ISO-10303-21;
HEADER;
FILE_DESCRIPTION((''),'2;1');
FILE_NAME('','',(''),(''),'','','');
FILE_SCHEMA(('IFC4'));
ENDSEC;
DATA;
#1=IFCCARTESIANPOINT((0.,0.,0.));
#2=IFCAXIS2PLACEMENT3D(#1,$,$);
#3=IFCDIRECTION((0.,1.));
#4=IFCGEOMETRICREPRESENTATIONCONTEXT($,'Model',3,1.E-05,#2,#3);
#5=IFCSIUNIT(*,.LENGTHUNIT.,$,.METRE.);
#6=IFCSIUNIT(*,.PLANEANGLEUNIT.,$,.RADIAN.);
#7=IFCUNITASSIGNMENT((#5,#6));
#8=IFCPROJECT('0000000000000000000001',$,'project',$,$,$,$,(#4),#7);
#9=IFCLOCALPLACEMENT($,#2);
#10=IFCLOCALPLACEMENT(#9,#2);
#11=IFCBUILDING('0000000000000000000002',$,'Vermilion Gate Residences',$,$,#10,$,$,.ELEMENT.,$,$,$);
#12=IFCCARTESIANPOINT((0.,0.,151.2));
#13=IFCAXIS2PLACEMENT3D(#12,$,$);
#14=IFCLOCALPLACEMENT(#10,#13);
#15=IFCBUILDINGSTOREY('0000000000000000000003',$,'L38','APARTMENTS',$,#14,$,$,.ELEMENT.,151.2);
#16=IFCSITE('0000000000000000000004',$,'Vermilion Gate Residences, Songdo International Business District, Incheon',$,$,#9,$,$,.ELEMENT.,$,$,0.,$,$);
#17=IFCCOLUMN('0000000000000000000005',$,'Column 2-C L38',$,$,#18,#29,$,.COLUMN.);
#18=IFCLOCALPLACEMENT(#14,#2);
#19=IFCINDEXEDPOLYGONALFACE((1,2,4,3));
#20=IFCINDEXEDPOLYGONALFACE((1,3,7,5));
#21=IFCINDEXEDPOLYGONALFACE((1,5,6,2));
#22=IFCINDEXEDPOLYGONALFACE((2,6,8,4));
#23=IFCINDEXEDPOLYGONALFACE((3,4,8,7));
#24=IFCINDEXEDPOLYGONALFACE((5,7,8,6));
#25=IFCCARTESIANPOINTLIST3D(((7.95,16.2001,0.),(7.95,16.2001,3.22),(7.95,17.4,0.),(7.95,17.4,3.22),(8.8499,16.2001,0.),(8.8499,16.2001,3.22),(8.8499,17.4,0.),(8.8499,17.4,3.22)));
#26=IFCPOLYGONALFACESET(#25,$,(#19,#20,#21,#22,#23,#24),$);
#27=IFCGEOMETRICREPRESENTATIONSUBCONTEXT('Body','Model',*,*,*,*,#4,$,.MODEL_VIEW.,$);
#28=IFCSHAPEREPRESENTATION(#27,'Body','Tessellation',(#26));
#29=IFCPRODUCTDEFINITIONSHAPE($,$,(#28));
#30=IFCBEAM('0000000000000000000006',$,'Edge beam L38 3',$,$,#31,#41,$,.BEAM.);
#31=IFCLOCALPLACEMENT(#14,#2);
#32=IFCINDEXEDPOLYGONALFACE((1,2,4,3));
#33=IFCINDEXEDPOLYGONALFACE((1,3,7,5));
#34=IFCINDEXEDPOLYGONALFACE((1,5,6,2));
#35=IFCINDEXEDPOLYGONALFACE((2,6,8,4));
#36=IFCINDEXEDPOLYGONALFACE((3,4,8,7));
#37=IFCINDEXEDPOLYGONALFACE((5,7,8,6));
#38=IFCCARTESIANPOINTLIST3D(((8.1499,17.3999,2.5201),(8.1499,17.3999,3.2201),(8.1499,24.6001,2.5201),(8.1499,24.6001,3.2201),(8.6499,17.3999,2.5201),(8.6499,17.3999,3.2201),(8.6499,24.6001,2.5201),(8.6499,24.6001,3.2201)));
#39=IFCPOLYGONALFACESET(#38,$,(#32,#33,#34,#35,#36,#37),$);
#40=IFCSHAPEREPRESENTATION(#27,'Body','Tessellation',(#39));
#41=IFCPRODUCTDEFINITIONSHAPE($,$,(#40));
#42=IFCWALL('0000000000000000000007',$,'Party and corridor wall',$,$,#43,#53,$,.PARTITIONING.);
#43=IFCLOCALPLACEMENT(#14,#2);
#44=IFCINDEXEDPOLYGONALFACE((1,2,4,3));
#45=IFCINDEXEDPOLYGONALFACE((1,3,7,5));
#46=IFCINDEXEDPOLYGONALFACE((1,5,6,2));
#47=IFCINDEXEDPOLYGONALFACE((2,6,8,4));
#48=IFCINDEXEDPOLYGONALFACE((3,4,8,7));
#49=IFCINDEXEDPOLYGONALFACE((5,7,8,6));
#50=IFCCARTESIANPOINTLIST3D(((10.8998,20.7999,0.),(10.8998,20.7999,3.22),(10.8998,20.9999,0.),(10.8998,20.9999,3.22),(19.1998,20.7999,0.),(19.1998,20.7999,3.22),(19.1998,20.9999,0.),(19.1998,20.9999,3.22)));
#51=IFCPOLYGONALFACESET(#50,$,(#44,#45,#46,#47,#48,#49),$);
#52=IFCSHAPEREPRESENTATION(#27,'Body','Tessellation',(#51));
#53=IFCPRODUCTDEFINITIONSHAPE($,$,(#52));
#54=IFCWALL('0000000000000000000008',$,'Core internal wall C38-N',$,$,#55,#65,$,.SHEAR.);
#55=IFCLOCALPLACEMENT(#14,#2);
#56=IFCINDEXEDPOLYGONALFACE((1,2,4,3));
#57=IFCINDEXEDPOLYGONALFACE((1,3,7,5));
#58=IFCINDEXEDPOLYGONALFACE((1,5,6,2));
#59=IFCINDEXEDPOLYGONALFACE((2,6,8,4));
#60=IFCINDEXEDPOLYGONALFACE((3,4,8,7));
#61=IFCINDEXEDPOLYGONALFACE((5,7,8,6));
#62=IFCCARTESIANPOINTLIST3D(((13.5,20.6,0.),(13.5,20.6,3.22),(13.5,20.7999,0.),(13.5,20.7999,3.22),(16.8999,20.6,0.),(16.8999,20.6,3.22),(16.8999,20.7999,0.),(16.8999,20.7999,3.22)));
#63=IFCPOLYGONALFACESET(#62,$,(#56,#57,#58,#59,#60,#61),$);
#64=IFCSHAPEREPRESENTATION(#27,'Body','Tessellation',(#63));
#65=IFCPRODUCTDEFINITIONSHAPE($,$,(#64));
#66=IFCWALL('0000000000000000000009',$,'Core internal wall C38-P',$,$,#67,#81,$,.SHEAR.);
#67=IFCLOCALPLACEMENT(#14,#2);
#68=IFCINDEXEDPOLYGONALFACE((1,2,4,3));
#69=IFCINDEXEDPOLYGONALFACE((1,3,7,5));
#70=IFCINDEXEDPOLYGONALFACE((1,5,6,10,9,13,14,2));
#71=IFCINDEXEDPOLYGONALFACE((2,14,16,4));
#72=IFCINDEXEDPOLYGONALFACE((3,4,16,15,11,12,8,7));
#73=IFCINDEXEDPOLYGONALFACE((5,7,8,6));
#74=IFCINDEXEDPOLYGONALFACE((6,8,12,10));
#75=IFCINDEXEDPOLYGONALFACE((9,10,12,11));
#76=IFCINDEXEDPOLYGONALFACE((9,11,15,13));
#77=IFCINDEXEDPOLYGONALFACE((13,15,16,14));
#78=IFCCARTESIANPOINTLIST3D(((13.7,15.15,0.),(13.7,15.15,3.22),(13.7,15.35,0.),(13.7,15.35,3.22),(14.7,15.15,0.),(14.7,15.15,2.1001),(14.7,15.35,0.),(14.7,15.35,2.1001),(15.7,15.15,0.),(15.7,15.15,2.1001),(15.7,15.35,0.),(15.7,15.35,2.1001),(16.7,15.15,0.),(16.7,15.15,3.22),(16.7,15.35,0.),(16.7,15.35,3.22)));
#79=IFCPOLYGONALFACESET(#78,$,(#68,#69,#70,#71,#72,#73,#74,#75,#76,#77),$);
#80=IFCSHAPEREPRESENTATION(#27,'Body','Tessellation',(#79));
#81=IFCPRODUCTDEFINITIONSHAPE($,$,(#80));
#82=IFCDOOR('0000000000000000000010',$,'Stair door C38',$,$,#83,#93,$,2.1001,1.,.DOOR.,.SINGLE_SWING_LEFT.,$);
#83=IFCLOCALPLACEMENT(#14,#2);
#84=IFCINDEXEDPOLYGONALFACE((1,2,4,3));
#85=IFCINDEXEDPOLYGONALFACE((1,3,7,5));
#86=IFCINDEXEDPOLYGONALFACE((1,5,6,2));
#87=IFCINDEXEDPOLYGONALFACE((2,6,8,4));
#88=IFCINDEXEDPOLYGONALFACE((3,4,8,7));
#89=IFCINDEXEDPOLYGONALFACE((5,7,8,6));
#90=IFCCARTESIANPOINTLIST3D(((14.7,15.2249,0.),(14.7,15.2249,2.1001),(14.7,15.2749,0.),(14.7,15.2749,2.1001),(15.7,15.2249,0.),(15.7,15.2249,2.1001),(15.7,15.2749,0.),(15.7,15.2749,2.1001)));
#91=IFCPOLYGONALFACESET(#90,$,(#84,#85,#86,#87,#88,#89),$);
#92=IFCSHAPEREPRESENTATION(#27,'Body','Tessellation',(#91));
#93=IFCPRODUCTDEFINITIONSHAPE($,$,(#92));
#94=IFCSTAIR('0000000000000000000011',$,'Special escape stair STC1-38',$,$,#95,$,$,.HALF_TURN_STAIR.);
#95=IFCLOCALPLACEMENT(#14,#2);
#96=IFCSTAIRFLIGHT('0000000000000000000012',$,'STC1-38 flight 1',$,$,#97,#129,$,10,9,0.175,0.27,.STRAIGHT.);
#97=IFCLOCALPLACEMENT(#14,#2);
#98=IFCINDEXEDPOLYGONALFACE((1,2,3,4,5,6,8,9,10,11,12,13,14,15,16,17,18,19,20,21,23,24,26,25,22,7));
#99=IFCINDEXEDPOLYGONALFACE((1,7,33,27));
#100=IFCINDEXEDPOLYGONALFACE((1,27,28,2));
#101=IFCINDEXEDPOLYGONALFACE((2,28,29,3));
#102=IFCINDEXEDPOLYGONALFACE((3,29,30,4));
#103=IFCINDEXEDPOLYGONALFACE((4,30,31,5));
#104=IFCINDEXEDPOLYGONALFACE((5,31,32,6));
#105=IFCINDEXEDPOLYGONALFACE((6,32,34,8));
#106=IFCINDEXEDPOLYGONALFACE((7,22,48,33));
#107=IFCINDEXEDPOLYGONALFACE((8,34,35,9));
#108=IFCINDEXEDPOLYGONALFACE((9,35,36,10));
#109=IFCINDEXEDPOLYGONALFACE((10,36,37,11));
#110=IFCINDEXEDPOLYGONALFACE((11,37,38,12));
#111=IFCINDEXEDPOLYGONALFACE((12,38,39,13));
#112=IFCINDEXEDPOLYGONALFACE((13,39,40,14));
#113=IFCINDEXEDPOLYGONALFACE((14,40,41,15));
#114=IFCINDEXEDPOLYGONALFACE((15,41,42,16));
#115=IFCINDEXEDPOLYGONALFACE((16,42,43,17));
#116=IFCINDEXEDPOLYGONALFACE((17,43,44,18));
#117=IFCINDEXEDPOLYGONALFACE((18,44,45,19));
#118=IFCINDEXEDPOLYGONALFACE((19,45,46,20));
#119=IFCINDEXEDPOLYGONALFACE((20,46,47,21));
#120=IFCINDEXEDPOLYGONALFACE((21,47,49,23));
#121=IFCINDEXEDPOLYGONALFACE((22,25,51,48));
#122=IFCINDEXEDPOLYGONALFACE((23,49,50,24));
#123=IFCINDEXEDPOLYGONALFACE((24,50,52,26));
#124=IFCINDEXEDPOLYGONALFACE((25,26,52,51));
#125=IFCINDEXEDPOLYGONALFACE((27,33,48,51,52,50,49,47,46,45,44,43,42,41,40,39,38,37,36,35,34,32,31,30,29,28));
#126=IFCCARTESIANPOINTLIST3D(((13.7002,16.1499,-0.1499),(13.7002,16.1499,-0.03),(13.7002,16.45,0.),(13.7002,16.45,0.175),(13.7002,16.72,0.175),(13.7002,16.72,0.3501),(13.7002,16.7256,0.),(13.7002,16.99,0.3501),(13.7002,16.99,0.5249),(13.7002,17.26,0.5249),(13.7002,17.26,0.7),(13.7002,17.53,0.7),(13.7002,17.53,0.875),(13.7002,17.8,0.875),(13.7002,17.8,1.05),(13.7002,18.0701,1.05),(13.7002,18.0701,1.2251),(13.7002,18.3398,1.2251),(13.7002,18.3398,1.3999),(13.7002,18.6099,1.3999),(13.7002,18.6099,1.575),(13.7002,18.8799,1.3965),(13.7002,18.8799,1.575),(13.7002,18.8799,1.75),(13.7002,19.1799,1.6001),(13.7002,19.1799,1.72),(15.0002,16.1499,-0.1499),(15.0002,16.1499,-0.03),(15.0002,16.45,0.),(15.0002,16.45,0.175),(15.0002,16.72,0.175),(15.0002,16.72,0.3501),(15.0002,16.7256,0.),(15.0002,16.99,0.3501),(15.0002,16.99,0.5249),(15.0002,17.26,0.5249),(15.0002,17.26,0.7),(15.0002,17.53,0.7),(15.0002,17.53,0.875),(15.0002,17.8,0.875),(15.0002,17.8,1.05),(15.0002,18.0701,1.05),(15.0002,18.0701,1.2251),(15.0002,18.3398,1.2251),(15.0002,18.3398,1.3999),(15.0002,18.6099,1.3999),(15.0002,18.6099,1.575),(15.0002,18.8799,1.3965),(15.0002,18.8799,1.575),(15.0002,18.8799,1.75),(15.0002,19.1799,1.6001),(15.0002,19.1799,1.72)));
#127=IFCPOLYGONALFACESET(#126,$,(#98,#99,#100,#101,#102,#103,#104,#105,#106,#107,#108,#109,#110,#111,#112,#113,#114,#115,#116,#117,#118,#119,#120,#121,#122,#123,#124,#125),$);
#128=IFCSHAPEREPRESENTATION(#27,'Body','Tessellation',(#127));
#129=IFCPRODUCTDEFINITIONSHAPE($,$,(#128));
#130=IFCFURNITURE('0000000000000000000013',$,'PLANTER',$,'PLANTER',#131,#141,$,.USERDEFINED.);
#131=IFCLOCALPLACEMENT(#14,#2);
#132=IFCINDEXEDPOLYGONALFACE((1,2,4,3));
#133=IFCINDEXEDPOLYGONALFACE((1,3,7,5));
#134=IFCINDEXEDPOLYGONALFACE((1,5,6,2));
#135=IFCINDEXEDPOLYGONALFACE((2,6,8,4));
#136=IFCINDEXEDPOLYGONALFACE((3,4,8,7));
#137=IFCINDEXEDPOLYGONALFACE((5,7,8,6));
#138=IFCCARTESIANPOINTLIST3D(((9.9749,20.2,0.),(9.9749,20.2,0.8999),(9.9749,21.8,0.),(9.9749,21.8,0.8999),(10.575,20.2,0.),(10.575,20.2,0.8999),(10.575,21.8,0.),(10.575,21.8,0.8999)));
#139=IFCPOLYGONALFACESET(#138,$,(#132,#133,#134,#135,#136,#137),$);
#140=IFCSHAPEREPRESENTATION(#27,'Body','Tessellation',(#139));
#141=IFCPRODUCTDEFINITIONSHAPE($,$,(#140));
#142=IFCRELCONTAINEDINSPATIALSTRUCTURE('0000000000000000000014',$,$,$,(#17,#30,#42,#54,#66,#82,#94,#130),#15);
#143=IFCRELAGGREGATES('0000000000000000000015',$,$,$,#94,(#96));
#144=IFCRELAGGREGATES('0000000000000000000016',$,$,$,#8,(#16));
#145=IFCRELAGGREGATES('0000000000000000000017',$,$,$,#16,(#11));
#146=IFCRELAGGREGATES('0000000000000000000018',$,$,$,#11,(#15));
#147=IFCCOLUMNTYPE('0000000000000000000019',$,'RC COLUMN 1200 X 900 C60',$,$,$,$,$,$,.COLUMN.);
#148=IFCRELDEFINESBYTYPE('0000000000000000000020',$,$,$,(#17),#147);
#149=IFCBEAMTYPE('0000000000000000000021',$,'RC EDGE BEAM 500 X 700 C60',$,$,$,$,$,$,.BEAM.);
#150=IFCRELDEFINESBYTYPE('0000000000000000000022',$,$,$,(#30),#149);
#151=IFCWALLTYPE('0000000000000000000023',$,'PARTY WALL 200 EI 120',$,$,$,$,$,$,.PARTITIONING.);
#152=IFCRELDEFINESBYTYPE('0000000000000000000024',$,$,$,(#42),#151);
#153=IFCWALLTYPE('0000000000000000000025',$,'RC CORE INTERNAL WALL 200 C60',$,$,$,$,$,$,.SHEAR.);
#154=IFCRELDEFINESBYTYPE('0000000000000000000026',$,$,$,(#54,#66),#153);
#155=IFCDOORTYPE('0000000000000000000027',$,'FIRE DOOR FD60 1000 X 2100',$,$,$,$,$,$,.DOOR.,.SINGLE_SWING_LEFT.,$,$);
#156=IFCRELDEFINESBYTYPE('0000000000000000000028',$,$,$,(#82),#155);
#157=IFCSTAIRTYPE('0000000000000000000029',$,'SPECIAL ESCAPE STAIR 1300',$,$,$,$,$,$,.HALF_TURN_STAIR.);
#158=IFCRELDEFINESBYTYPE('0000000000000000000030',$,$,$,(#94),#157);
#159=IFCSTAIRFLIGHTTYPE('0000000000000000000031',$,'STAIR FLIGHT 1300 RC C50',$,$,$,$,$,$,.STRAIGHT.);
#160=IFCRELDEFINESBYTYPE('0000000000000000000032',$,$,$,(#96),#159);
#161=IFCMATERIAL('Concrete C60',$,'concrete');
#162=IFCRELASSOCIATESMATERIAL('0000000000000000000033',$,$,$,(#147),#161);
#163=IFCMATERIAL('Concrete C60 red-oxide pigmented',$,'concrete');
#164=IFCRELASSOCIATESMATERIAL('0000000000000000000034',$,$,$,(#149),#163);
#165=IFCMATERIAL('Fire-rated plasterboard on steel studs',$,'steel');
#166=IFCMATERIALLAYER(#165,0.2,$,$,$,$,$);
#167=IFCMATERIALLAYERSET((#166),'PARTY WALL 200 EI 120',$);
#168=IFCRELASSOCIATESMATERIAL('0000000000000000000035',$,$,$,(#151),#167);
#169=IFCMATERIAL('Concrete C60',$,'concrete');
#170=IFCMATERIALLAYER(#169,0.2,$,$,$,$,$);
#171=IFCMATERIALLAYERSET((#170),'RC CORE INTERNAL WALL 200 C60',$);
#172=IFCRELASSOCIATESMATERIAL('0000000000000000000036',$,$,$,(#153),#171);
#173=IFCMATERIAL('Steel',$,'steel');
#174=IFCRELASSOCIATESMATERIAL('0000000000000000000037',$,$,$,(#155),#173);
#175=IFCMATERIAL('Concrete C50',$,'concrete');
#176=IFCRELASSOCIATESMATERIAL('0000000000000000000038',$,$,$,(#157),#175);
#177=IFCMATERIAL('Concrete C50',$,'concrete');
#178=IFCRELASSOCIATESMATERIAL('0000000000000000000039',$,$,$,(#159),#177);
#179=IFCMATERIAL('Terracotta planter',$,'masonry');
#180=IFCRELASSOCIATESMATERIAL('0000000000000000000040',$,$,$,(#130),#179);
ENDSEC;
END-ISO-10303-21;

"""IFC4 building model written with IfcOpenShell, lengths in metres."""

from ifc_helpers import new_model, si_unit, direction, frame, frame_2d, origin, origin_2d, place, context, subcontext, project, spatial, polyline, rectangle, outline, extrude, material, layer, layer_set, material_profile, profile_set, type_object, element, fill, aggregate, save


model = new_model("IFC4")

# Units and contexts
model_context = context("Model", 3, precision=1e-05, world=origin(), true_north=direction((0.0, 1.0)))
body_context = subcontext(model_context, "Body", "Model", "MODEL_VIEW")
ifc_project = project(units=[si_unit("LENGTHUNIT", "METRE"), si_unit("PLANEANGLEUNIT", "RADIAN")], contexts=[model_context])

# Site, building, storey
site_placement = place(None, origin())
site = spatial("IfcSite", under=ifc_project, at=site_placement, Name="Vermilion Gate Residences, Songdo International Business District, Incheon", CompositionType="ELEMENT", RefElevation=0.0)
building_placement = place(site_placement, origin())
building = spatial("IfcBuilding", under=site, at=building_placement, Name="Vermilion Gate Residences", CompositionType="ELEMENT")
storey_placement = place(building_placement, frame((0.0, 0.0, 151.2)))
storey = spatial("IfcBuildingStorey", under=building, at=storey_placement, Name="L38", Description="APARTMENTS", CompositionType="ELEMENT", Elevation=151.2)

# Column
ifc_material_1 = material(Name="Concrete C60", Category="concrete")
ifc_material_profile_1 = material_profile(ifc_material_1, rectangle(XDim=1.2, YDim=0.8999, at=origin_2d()), Name="RC-1200x900")
ifc_profile_set_1 = profile_set([ifc_material_profile_1], Name="Concrete C60")
column_type = type_object("IfcColumnType", Name="RC COLUMN 1200 X 900 C60", PredefinedType="COLUMN", material=ifc_profile_set_1)
column_placement = place(storey_placement, frame((8.3999, 16.8, 0.0), z_axis=(0.0, 0.0, 1.0), x_axis=(0.0, 1.0, 0.0)))
element("IfcColumn", 1, at=column_placement, inside=storey, type_object=column_type, Name="Column 2-C L38", PredefinedType="COLUMN", context=body_context, shape_type="SweptSolid", body=[
    extrude(rectangle(XDim=1.2, YDim=0.8999, at=origin_2d()), origin(), (0.0, 0.0, 1.0), 3.22),
])

# Beam
ifc_material_2 = material(Name="Concrete C60 red-oxide pigmented", Category="concrete")
ifc_material_profile_2 = material_profile(ifc_material_2, rectangle(XDim=0.5, YDim=0.7, at=origin_2d()), Name="RC-500x700")
ifc_profile_set_2 = profile_set([ifc_material_profile_2], Name="Concrete C60 red-oxide pigmented")
beam_type = type_object("IfcBeamType", Name="RC EDGE BEAM 500 X 700 C60", PredefinedType="BEAM", material=ifc_profile_set_2)
beam_placement = place(storey_placement, frame((8.3999, 17.3999, 2.8701), z_axis=(0.0, 1.0, 0.0), x_axis=(-1.0, 0.0, 0.0)))
element("IfcBeam", 2, at=beam_placement, inside=storey, type_object=beam_type, Name="Edge beam L38 3", PredefinedType="BEAM", context=body_context, shape_type="SweptSolid", body=[
    extrude(rectangle(XDim=0.5, YDim=0.7, at=origin_2d()), origin(), (0.0, 0.0, 1.0), 7.2002),
])

# Walls
ifc_material_3 = material(Name="Fire-rated plasterboard on steel studs", Category="steel")
ifc_layer_1 = layer(ifc_material_3, 0.2)
ifc_layer_set_1 = layer_set([ifc_layer_1], Name="PARTY WALL 200 EI 120")
wall_type_1 = type_object("IfcWallType", Name="PARTY WALL 200 EI 120", PredefinedType="PARTITIONING", material=ifc_layer_set_1)
wall_1_placement = place(storey_placement, frame((10.8999, 20.8999, 0.0), z_axis=(0.0, 0.0, 1.0), x_axis=(1.0, 0.0, 0.0)))
element("IfcWall", 3, at=wall_1_placement, inside=storey, type_object=wall_type_1, Name="Party and corridor wall", PredefinedType="PARTITIONING", context=body_context, shape_type="SweptSolid", body=[
    extrude(rectangle(XDim=8.3, YDim=0.2, at=frame_2d((4.1499, 0.0))), origin(), (0.0, 0.0, 1.0), 3.22),
])
ifc_material_4 = material(Name="Concrete C60", Category="concrete")
ifc_layer_2 = layer(ifc_material_4, 0.2)
ifc_layer_set_2 = layer_set([ifc_layer_2], Name="RC CORE INTERNAL WALL 200 C60")
wall_type_2 = type_object("IfcWallType", Name="RC CORE INTERNAL WALL 200 C60", PredefinedType="SHEAR", material=ifc_layer_set_2)
wall_2_placement = place(storey_placement, frame((13.5, 20.7, 0.0), z_axis=(0.0, 0.0, 1.0), x_axis=(1.0, 0.0, 0.0)))
element("IfcWall", 4, at=wall_2_placement, inside=storey, type_object=wall_type_2, Name="Core internal wall C38-N", PredefinedType="SHEAR", context=body_context, shape_type="SweptSolid", body=[
    extrude(rectangle(XDim=3.3999, YDim=0.2, at=frame_2d((1.7, 0.0))), origin(), (0.0, 0.0, 1.0), 3.22),
])

# Wall, opening, door
wall_3_placement = place(storey_placement, frame((13.7, 15.25, 0.0), z_axis=(0.0, 0.0, 1.0), x_axis=(1.0, 0.0, 0.0)))
wall_3 = element("IfcWall", 5, at=wall_3_placement, inside=storey, type_object=wall_type_2, Name="Core internal wall C38-P", PredefinedType="SHEAR", context=body_context, shape_type="SweptSolid", body=[
    extrude(rectangle(XDim=3.0, YDim=0.2, at=frame_2d((1.5, 0.0))), origin(), (0.0, 0.0, 1.0), 3.22),
])
opening_placement = place(wall_3_placement, frame((1.0, 0.0, 0.0)))
opening = element("IfcOpeningElement", 6, at=opening_placement, cuts=wall_3, PredefinedType="OPENING", context=body_context, shape_type="SweptSolid", body=[
    extrude(rectangle(XDim=1.0, YDim=2.1001, at=frame_2d((0.5, 1.05))), frame((0.0, 0.1099, 0.0), z_axis=(0.0, -1.0, 0.0), x_axis=(1.0, 0.0, 0.0)), (0.0, 0.0, 1.0), 0.22),
])
ifc_material_5 = material(Name="Steel", Category="steel")
door_type = type_object("IfcDoorType", Name="FIRE DOOR FD60 1000 X 2100", OperationType="SINGLE_SWING_LEFT", PredefinedType="DOOR", material=ifc_material_5)
door_placement = place(opening_placement, origin())
door = element("IfcDoor", 7, at=door_placement, inside=storey, type_object=door_type, Name="Stair door C38", OperationType="SINGLE_SWING_LEFT", OverallHeight=2.1001, OverallWidth=1.0, PredefinedType="DOOR", context=body_context, shape_type="SweptSolid", body=[
    extrude(rectangle(XDim=1.0, YDim=2.1001, at=frame_2d((0.5, 1.05))), frame((0.0, 0.0249, 0.0), z_axis=(0.0, -1.0, 0.0), x_axis=(1.0, 0.0, 0.0)), (0.0, 0.0, 1.0), 0.05),
])
fill(opening, door)

# Stair, stair flight
ifc_material_6 = material(Name="Concrete C50", Category="concrete")
stair_type = type_object("IfcStairType", Name="SPECIAL ESCAPE STAIR 1300", PredefinedType="HALF_TURN_STAIR", material=ifc_material_6)
stair_placement = place(storey_placement, origin())
stair = element("IfcStair", 8, at=stair_placement, inside=storey, type_object=stair_type, Name="Special escape stair STC1-38", PredefinedType="HALF_TURN_STAIR")
ifc_material_7 = material(Name="Concrete C50", Category="concrete")
stair_flight_type = type_object("IfcStairFlightType", Name="STAIR FLIGHT 1300 RC C50", PredefinedType="STRAIGHT", material=ifc_material_7)
stair_flight_placement = place(storey_placement, frame((14.3501, 16.45, 0.0), z_axis=(0.0, 0.0, 1.0), x_axis=(0.0, 1.0, 0.0)))
stair_flight = element("IfcStairFlight", 9, at=stair_flight_placement, type_object=stair_flight_type, Name="STC1-38 flight 1", NumberOfRisers=10, NumberOfTreads=9, PredefinedType="STRAIGHT", RiserHeight=0.175, TreadLength=0.27, context=body_context, shape_type="SweptSolid", body=[
    extrude(outline(polyline([(-0.3, -0.1499), (-0.3, -0.03), (0.0, 0.0), (0.0, 0.175), (0.27, 0.175), (0.27, 0.3501), (0.54, 0.3501), (0.54, 0.5249), (0.8101, 0.5249), (0.8101, 0.7), (1.0801, 0.7), (1.0801, 0.875), (1.3501, 0.875), (1.3501, 1.05), (1.6201, 1.05), (1.6201, 1.2251), (1.8899, 1.2251), (1.8899, 1.3999), (2.1599, 1.3999), (2.1599, 1.575), (2.4299, 1.575), (2.4299, 1.75), (2.73, 1.72), (2.73, 1.6001), (2.4299, 1.3965), (0.2756, 0.0), (-0.3, -0.1499)])), frame((0.0, 0.6499, 0.0), z_axis=(0.0, -1.0, 0.0), x_axis=(1.0, 0.0, 0.0)), (0.0, 0.0, 1.0), 1.3),
])
aggregate(stair, [stair_flight])

# Furniture
ifc_material_8 = material(Name="Terracotta planter", Category="masonry")
furniture_placement = place(storey_placement, frame((10.2749, 21.0, 0.0), z_axis=(0.0, 0.0, 1.0), x_axis=(0.0, -1.0, 0.0)))
element("IfcFurniture", 10, at=furniture_placement, inside=storey, material=ifc_material_8, Name="PLANTER", ObjectType="PLANTER", PredefinedType="USERDEFINED", context=body_context, shape_type="SweptSolid", body=[
    extrude(rectangle(XDim=1.6001, YDim=0.6001, at=origin_2d()), origin(), (0.0, 0.0, 1.0), 0.8999),
])

save(model, "model.ifc")
